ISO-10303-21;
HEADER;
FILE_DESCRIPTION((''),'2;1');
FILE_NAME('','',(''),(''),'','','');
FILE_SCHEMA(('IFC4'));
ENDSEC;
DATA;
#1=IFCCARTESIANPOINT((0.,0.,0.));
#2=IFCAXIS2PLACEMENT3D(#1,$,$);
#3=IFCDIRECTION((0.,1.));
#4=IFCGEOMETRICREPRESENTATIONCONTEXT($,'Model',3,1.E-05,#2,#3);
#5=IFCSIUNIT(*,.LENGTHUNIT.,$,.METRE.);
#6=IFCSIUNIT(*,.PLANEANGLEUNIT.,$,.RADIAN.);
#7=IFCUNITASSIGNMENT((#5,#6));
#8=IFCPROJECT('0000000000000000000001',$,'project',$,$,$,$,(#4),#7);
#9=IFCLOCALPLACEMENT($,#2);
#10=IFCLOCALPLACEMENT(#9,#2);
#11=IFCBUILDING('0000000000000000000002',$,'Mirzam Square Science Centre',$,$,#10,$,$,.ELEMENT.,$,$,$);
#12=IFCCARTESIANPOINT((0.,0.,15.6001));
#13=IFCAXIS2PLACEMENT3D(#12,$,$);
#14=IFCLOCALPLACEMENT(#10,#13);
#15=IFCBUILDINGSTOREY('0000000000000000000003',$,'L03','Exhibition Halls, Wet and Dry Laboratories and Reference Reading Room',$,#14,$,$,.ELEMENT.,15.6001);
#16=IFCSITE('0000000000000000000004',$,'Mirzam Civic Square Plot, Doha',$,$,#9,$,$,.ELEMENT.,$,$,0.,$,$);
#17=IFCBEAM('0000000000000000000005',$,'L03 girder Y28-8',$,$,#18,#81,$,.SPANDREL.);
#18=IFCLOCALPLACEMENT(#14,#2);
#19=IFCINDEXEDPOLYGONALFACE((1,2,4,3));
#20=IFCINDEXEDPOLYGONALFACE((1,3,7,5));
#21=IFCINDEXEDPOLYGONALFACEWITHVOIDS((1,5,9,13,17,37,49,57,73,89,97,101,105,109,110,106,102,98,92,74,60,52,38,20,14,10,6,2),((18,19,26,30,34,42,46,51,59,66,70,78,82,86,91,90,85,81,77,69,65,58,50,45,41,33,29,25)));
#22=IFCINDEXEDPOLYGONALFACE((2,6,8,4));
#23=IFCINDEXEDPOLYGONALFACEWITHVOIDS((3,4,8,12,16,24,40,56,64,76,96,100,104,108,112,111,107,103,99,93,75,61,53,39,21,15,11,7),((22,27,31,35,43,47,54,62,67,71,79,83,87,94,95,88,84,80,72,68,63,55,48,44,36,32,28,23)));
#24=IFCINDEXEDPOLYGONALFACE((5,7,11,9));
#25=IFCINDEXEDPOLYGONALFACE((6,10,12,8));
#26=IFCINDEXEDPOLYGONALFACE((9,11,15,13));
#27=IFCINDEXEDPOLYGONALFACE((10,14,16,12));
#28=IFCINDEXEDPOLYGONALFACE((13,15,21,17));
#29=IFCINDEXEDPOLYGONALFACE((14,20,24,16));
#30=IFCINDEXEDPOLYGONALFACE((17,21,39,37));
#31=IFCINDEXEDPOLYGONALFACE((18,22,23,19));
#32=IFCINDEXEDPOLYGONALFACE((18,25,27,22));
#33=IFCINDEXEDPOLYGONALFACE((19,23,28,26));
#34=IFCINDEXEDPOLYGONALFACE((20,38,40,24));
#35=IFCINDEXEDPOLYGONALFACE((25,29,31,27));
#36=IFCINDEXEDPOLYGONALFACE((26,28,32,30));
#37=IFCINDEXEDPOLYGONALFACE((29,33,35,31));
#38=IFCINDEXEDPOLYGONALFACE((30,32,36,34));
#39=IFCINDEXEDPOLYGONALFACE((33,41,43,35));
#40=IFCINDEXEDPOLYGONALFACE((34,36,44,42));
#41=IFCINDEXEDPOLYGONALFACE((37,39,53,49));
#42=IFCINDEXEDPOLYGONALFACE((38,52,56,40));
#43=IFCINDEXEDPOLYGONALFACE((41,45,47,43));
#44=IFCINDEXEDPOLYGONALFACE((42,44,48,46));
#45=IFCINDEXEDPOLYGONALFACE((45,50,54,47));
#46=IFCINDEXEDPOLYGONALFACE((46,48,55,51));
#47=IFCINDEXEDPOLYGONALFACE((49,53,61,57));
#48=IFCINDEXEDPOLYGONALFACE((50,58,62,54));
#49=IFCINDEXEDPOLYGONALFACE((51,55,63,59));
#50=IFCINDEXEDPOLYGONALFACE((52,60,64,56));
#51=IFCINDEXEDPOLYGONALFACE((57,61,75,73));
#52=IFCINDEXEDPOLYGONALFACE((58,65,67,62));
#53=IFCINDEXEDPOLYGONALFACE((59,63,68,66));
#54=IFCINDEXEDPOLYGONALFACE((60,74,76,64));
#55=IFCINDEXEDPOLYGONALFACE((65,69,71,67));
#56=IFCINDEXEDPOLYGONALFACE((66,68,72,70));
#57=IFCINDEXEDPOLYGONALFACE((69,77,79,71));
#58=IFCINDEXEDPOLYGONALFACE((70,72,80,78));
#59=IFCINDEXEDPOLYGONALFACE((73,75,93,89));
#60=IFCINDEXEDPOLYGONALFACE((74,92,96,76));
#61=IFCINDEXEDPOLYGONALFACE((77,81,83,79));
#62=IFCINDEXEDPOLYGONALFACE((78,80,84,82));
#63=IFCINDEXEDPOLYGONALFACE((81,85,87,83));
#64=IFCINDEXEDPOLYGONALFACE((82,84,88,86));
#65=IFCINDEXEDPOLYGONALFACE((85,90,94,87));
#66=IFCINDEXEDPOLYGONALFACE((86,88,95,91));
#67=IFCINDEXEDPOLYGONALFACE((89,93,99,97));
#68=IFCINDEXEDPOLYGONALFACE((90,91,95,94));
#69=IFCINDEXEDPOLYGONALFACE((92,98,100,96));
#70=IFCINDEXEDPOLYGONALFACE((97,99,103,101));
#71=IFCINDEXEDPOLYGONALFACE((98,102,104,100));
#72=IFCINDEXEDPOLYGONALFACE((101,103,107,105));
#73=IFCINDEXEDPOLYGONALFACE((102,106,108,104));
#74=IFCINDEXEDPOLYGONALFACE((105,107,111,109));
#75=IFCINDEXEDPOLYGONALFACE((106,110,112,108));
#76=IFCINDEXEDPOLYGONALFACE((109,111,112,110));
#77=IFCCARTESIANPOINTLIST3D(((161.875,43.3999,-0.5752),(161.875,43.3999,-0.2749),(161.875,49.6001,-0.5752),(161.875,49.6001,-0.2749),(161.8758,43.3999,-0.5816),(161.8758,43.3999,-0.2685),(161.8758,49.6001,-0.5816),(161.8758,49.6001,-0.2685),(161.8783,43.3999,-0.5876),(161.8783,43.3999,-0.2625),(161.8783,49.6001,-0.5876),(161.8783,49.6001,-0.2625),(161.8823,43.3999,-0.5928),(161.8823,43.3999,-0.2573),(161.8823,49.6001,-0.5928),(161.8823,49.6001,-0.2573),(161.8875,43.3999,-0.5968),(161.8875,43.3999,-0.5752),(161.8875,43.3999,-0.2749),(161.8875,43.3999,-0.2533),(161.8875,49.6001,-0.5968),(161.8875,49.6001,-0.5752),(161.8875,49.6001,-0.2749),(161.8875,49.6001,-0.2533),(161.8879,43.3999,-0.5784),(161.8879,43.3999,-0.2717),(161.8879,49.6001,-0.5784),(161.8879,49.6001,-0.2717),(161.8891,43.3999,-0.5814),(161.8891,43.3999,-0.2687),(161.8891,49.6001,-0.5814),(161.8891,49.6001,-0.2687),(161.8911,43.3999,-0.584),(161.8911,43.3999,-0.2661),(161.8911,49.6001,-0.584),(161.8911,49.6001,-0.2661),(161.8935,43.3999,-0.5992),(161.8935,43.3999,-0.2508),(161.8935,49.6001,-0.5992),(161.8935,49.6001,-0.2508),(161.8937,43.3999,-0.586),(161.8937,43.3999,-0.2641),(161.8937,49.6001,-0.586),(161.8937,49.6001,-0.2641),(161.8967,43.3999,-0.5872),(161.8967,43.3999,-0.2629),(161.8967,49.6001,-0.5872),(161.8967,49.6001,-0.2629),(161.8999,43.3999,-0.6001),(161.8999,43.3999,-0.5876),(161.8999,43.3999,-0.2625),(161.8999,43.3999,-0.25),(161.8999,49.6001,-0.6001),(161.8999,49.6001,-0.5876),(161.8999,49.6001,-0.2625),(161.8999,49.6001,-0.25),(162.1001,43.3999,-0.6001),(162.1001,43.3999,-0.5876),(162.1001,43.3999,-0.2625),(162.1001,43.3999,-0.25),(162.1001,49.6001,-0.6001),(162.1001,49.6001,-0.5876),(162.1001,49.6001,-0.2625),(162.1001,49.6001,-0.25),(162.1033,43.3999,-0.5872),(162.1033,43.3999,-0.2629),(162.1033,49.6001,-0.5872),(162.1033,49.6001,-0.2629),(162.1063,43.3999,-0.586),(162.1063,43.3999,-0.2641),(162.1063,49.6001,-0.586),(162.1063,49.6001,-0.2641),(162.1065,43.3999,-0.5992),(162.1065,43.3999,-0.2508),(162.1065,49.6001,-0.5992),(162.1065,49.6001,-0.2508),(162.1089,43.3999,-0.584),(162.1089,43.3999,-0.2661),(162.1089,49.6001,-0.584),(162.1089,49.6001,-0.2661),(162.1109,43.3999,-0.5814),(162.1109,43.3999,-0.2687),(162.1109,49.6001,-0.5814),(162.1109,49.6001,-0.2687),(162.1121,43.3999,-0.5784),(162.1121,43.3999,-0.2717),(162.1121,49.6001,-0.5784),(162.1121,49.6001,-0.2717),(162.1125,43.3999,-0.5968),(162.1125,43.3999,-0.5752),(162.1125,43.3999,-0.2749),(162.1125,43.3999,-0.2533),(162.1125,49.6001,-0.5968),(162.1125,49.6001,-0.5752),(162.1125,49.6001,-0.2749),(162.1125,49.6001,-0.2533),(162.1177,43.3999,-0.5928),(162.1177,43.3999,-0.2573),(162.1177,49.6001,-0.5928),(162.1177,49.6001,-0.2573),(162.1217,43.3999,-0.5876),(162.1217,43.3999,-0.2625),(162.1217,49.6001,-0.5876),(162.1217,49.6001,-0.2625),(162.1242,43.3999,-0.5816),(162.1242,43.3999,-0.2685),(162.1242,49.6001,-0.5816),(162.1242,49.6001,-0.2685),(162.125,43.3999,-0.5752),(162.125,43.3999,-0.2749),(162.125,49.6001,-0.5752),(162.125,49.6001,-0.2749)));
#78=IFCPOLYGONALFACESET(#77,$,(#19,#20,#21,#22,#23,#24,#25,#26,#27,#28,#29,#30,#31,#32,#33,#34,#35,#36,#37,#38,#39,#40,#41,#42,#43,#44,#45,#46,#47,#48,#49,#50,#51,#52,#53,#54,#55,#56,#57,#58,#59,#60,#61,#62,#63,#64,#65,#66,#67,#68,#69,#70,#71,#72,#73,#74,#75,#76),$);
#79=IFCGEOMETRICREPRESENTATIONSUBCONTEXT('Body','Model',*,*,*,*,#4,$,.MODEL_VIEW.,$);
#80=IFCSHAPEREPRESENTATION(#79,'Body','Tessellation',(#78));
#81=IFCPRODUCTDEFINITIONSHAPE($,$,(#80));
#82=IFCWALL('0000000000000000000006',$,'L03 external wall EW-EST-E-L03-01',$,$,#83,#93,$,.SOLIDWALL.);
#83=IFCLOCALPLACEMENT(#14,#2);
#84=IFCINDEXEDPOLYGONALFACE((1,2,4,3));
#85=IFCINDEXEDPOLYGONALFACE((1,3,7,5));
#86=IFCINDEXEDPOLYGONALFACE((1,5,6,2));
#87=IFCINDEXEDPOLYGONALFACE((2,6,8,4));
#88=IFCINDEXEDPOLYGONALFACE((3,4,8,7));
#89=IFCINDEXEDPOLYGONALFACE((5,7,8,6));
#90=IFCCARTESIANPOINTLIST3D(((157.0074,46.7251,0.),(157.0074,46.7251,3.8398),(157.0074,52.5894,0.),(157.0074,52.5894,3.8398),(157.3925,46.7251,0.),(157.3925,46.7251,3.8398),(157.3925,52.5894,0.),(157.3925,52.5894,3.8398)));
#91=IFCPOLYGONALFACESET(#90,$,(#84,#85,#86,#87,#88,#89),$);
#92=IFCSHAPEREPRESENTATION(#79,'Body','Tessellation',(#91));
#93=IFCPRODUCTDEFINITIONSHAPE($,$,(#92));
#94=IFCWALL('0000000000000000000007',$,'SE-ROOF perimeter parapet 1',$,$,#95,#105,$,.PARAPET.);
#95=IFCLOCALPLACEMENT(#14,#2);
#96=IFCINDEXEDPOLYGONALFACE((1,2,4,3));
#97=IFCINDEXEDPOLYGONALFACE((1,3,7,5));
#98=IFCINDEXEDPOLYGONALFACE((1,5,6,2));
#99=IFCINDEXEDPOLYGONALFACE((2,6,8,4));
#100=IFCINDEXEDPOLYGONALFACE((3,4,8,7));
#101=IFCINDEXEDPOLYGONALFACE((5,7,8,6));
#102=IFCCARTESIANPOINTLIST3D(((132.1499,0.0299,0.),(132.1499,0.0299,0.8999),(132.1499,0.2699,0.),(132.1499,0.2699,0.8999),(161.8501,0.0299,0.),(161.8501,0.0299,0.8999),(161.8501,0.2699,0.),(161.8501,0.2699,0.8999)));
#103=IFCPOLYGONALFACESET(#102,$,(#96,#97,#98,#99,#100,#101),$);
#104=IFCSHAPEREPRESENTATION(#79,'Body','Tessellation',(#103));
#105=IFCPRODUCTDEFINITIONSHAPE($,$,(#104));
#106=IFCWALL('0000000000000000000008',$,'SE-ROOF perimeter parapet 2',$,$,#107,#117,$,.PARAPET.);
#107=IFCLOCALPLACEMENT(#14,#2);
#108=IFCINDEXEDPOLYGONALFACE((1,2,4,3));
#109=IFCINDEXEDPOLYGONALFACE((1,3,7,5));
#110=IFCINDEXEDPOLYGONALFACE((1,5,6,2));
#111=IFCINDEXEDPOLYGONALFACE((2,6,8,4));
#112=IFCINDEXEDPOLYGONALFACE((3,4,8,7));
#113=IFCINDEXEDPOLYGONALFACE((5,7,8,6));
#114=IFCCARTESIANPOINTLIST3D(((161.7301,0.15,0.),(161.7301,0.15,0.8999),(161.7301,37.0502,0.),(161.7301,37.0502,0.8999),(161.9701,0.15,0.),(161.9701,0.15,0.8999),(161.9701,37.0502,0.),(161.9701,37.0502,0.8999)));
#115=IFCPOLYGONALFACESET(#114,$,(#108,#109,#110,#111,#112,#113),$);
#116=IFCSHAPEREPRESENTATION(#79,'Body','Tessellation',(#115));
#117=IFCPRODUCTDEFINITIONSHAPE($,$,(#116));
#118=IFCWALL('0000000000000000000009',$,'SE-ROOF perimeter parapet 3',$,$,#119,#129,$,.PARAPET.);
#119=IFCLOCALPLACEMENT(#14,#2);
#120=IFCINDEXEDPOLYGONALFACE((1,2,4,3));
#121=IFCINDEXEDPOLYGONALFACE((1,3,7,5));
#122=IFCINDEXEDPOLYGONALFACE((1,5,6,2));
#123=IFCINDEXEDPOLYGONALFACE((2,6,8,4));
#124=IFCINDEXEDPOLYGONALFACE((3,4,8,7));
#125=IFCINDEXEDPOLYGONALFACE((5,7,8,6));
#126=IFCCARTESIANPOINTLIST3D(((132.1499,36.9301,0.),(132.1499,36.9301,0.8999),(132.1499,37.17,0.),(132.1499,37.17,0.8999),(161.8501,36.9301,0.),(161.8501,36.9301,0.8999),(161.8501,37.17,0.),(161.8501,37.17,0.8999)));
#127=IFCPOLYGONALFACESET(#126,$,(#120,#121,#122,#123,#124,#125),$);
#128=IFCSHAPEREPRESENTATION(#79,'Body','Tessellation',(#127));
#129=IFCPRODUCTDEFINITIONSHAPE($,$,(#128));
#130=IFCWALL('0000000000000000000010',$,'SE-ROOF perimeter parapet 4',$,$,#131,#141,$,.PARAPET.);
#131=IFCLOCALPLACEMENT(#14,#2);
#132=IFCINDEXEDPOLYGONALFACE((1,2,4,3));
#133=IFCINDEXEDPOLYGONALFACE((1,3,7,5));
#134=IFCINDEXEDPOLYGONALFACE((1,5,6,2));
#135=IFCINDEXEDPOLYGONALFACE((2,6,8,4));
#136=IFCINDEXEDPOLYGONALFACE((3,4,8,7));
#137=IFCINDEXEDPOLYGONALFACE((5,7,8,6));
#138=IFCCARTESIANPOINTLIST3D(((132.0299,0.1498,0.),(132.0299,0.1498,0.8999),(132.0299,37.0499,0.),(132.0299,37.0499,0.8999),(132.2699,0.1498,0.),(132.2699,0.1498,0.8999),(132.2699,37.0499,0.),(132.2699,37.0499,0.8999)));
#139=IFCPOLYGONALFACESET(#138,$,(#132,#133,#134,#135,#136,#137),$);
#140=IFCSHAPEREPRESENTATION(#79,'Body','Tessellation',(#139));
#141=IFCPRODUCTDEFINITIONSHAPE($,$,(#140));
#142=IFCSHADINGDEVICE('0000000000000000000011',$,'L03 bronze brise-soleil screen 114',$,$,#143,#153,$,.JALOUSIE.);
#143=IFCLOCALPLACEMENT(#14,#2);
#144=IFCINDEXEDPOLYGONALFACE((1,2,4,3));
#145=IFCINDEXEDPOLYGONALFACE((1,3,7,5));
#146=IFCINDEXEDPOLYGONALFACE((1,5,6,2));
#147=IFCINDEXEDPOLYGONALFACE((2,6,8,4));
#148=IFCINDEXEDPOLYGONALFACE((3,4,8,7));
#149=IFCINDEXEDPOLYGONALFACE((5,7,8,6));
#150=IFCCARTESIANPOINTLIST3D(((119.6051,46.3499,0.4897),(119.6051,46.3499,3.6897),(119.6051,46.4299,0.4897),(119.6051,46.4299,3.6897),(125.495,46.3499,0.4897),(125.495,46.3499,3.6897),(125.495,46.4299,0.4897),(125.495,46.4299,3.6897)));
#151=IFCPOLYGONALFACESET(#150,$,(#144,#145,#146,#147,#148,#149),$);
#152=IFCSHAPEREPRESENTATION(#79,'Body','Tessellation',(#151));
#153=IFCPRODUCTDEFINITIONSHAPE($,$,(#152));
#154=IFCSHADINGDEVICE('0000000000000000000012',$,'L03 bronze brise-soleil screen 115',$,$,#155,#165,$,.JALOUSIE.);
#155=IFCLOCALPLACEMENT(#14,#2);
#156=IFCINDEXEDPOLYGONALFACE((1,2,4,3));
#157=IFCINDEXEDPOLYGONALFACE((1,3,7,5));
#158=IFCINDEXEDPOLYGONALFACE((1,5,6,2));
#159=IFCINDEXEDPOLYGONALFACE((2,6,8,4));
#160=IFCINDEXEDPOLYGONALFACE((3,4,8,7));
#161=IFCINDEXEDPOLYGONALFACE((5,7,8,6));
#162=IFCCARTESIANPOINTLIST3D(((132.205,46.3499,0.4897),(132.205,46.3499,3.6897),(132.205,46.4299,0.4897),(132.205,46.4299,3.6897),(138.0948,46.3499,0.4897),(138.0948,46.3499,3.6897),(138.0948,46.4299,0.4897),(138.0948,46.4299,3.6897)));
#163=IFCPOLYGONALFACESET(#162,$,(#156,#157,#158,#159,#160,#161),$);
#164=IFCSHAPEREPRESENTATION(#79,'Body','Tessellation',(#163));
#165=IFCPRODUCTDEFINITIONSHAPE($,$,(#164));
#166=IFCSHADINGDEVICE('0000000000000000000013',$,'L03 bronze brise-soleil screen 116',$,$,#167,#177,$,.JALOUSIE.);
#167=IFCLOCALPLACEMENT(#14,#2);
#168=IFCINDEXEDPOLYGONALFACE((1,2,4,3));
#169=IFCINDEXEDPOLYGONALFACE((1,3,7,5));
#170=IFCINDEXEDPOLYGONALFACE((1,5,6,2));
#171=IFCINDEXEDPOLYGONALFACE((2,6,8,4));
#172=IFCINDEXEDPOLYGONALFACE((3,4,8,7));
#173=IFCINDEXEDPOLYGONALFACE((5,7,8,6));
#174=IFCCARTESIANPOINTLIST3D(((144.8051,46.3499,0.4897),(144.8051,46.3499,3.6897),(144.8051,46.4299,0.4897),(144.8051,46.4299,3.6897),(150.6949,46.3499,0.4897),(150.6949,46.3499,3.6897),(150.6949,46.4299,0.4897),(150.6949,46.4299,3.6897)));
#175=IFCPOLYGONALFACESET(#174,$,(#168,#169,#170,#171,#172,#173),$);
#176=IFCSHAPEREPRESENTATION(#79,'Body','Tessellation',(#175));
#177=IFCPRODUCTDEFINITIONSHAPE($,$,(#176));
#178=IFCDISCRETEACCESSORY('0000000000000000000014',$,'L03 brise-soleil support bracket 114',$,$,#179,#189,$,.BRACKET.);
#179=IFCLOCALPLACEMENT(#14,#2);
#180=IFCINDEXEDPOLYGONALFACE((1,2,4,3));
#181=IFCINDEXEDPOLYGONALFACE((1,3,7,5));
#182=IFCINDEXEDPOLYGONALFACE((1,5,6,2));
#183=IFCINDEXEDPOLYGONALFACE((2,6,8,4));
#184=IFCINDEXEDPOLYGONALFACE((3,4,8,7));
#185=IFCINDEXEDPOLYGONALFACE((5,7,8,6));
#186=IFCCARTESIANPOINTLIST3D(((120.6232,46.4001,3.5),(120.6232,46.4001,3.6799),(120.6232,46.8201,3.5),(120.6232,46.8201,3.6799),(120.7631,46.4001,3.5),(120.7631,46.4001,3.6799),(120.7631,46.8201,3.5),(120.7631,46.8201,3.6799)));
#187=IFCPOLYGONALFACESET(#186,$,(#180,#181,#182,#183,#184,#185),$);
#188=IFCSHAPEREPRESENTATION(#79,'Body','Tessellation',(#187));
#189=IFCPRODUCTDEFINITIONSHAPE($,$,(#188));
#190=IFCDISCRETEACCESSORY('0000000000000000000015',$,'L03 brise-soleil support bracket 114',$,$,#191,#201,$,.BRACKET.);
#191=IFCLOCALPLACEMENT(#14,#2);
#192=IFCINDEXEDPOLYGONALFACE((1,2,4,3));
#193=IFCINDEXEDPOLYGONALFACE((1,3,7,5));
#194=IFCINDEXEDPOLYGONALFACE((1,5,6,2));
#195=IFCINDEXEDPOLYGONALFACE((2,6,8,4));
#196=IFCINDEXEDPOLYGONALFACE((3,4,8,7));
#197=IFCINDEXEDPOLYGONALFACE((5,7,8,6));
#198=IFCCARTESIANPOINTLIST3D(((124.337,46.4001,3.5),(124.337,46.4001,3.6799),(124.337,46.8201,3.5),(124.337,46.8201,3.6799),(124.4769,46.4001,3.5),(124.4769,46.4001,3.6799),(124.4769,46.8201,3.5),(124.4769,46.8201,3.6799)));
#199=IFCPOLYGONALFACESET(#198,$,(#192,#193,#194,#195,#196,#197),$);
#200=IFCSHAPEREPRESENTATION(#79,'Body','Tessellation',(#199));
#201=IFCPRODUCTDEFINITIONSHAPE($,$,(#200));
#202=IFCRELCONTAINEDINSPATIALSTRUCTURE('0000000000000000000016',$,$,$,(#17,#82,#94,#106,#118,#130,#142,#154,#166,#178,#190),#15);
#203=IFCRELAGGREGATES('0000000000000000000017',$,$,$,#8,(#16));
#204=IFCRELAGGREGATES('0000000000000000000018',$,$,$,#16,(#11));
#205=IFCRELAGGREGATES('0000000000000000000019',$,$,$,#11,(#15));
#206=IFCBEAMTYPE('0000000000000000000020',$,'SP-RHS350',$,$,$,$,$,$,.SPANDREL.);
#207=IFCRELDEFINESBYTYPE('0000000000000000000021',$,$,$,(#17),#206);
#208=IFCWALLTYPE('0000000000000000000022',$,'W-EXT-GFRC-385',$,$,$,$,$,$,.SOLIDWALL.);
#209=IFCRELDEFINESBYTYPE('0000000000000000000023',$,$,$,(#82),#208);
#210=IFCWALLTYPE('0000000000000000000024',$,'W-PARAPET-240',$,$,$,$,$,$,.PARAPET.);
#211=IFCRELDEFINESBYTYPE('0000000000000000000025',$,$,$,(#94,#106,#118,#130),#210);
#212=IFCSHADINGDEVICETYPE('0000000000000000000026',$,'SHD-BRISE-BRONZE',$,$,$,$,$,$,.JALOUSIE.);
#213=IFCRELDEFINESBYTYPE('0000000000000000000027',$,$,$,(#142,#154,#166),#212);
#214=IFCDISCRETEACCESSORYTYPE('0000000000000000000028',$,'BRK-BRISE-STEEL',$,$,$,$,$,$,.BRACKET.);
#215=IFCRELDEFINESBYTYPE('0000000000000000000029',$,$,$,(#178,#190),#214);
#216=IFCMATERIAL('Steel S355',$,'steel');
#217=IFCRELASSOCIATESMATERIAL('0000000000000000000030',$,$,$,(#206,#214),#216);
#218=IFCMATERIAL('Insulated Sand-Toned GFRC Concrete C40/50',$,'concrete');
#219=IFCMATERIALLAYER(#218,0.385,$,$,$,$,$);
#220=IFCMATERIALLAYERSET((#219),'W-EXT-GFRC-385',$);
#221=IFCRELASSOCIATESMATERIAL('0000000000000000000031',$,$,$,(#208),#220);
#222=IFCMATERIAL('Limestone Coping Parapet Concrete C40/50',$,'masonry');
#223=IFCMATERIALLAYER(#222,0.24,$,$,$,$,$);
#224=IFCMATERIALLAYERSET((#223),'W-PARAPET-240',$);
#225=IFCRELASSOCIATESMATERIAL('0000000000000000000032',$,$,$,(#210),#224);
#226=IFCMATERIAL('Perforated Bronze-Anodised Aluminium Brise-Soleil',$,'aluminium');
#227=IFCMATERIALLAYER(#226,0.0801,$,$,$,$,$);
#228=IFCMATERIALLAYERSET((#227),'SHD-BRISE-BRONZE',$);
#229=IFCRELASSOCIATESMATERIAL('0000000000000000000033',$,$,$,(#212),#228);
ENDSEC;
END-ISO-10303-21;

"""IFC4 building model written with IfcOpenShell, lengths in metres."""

from ifc_helpers import new_model, si_unit, direction, frame, frame_2d, origin, origin_2d, place, context, subcontext, project, spatial, rectangle, hollow_rectangle, extrude, material, layer, layer_set, material_profile, profile_set, type_object, element, save


model = new_model("IFC4")

# Units and contexts
model_context = context("Model", 3, precision=1e-05, world=origin(), true_north=direction((0.0, 1.0)))
body_context = subcontext(model_context, "Body", "Model", "MODEL_VIEW")
ifc_project = project(units=[si_unit("LENGTHUNIT", "METRE"), si_unit("PLANEANGLEUNIT", "RADIAN")], contexts=[model_context])

# Site, building, storey
site_placement = place(None, origin())
site = spatial("IfcSite", under=ifc_project, at=site_placement, Name="Mirzam Civic Square Plot, Doha", CompositionType="ELEMENT", RefElevation=0.0)
building_placement = place(site_placement, origin())
building = spatial("IfcBuilding", under=site, at=building_placement, Name="Mirzam Square Science Centre", CompositionType="ELEMENT")
storey_placement = place(building_placement, frame((0.0, 0.0, 15.6001)))
storey = spatial("IfcBuildingStorey", under=building, at=storey_placement, Name="L03", Description="Exhibition Halls, Wet and Dry Laboratories and Reference Reading Room", CompositionType="ELEMENT", Elevation=15.6001)

# Shared definitions
ifc_material_1 = material(Name="Steel S355", Category="steel")

# Beam
ifc_material_profile_1 = material_profile(ifc_material_1, hollow_rectangle(XDim=0.25, YDim=0.3501, WallThickness=0.0125, InnerFilletRadius=0.0125, OuterFilletRadius=0.0249, at=origin_2d()), Name="350x250x12.5RHS")
ifc_profile_set_1 = profile_set([ifc_material_profile_1], Name="Steel S355")
beam_type = type_object("IfcBeamType", Name="SP-RHS350", PredefinedType="SPANDREL", material=ifc_profile_set_1)
beam_placement = place(storey_placement, frame((162.0, 43.3999, -0.425), z_axis=(0.0, 1.0, 0.0), x_axis=(-1.0, 0.0, 0.0)))
element("IfcBeam", 1, at=beam_placement, inside=storey, type_object=beam_type, Name="L03 girder Y28-8", PredefinedType="SPANDREL", context=body_context, shape_type="SweptSolid", body=[
    extrude(hollow_rectangle(XDim=0.25, YDim=0.3501, WallThickness=0.0125, InnerFilletRadius=0.0125, OuterFilletRadius=0.0249, at=origin_2d()), origin(), (0.0, 0.0, 1.0), 6.2002),
])

# Walls
ifc_material_2 = material(Name="Insulated Sand-Toned GFRC Concrete C40/50", Category="concrete")
ifc_layer_1 = layer(ifc_material_2, 0.385)
ifc_layer_set_1 = layer_set([ifc_layer_1], Name="W-EXT-GFRC-385")
wall_type_1 = type_object("IfcWallType", Name="W-EXT-GFRC-385", PredefinedType="SOLIDWALL", material=ifc_layer_set_1)
wall_1_placement = place(storey_placement, frame((157.2, 46.7251, 0.0), z_axis=(0.0, 0.0, 1.0), x_axis=(0.0, 1.0, 0.0)))
element("IfcWall", 2, at=wall_1_placement, inside=storey, type_object=wall_type_1, Name="L03 external wall EW-EST-E-L03-01", PredefinedType="SOLIDWALL", context=body_context, shape_type="SweptSolid", body=[
    extrude(rectangle(XDim=5.8643, YDim=0.385, at=frame_2d((2.9321, 0.0))), origin(), (0.0, 0.0, 1.0), 3.8398),
])
ifc_material_3 = material(Name="Limestone Coping Parapet Concrete C40/50", Category="masonry")
ifc_layer_2 = layer(ifc_material_3, 0.24)
ifc_layer_set_2 = layer_set([ifc_layer_2], Name="W-PARAPET-240")
wall_type_2 = type_object("IfcWallType", Name="W-PARAPET-240", PredefinedType="PARAPET", material=ifc_layer_set_2)
wall_2_placement = place(storey_placement, frame((132.1499, 0.1499, 0.0), z_axis=(0.0, 0.0, 1.0), x_axis=(1.0, 0.0, 0.0)))
element("IfcWall", 3, at=wall_2_placement, inside=storey, type_object=wall_type_2, Name="SE-ROOF perimeter parapet 1", PredefinedType="PARAPET", context=body_context, shape_type="SweptSolid", body=[
    extrude(rectangle(XDim=29.7002, YDim=0.24, at=frame_2d((14.8501, 0.0))), origin(), (0.0, 0.0, 1.0), 0.8999),
])
wall_3_placement = place(storey_placement, frame((161.8501, 0.1499, 0.0), z_axis=(0.0, 0.0, 1.0), x_axis=(0.0, 1.0, 0.0)))
element("IfcWall", 4, at=wall_3_placement, inside=storey, type_object=wall_type_2, Name="SE-ROOF perimeter parapet 2", PredefinedType="PARAPET", context=body_context, shape_type="SweptSolid", body=[
    extrude(rectangle(XDim=36.9001, YDim=0.24, at=frame_2d((18.4502, 0.0))), origin(), (0.0, 0.0, 1.0), 0.8999),
])
wall_4_placement = place(storey_placement, frame((161.8501, 37.05, 0.0), z_axis=(0.0, 0.0, 1.0), x_axis=(-1.0, 0.0, 0.0)))
element("IfcWall", 5, at=wall_4_placement, inside=storey, type_object=wall_type_2, Name="SE-ROOF perimeter parapet 3", PredefinedType="PARAPET", context=body_context, shape_type="SweptSolid", body=[
    extrude(rectangle(XDim=29.7002, YDim=0.24, at=frame_2d((14.8501, 0.0))), origin(), (0.0, 0.0, 1.0), 0.8999),
])
wall_5_placement = place(storey_placement, frame((132.1499, 37.05, 0.0), z_axis=(0.0, 0.0, 1.0), x_axis=(0.0, -1.0, 0.0)))
element("IfcWall", 6, at=wall_5_placement, inside=storey, type_object=wall_type_2, Name="SE-ROOF perimeter parapet 4", PredefinedType="PARAPET", context=body_context, shape_type="SweptSolid", body=[
    extrude(rectangle(XDim=36.9001, YDim=0.24, at=frame_2d((18.4502, 0.0))), origin(), (0.0, 0.0, 1.0), 0.8999),
])

# Shading devices
ifc_material_4 = material(Name="Perforated Bronze-Anodised Aluminium Brise-Soleil", Category="aluminium")
ifc_layer_3 = layer(ifc_material_4, 0.0801)
ifc_layer_set_3 = layer_set([ifc_layer_3], Name="SHD-BRISE-BRONZE")
shading_device_type = type_object("IfcShadingDeviceType", Name="SHD-BRISE-BRONZE", PredefinedType="JALOUSIE", material=ifc_layer_set_3)
for number, where, z_axis, x_axis, name in (
    (7, (122.55, 46.3899, 0.4897), (0.0, 0.0, 1.0), (1.0, 0.0, 0.0), "L03 bronze brise-soleil screen 114"),
    (8, (135.1499, 46.3899, 0.4897), (0.0, 0.0, 1.0), (1.0, 0.0, 0.0), "L03 bronze brise-soleil screen 115"),
    (9, (147.75, 46.3899, 0.4897), (0.0, 0.0, 1.0), (1.0, 0.0, 0.0), "L03 bronze brise-soleil screen 116"),
):
    element("IfcShadingDevice", number, at=place(storey_placement, frame(where, z_axis=z_axis, x_axis=x_axis)), inside=storey, type_object=shading_device_type, Name=name, PredefinedType="JALOUSIE", context=body_context, shape_type="SweptSolid", body=[
        extrude(rectangle(XDim=5.8899, YDim=0.0801, at=origin_2d()), origin(), (0.0, 0.0, 1.0), 3.2),
    ])

# Discrete accessories
discrete_accessory_type = type_object("IfcDiscreteAccessoryType", Name="BRK-BRISE-STEEL", PredefinedType="BRACKET", material=ifc_material_1)
for number, where, z_axis, x_axis, name in (
    (10, (120.6931, 46.6101, 3.5), (0.0, 0.0, 1.0), (1.0, 0.0, 0.0), "L03 brise-soleil support bracket 114"),
    (11, (124.407, 46.6101, 3.5), (0.0, 0.0, 1.0), (1.0, 0.0, 0.0), "L03 brise-soleil support bracket 114"),
):
    element("IfcDiscreteAccessory", number, at=place(storey_placement, frame(where, z_axis=z_axis, x_axis=x_axis)), inside=storey, type_object=discrete_accessory_type, Name=name, PredefinedType="BRACKET", context=body_context, shape_type="SweptSolid", body=[
        extrude(rectangle(XDim=0.1399, YDim=0.4199, at=origin_2d()), origin(), (0.0, 0.0, 1.0), 0.1799),
    ])

save(model, "model.ifc")
